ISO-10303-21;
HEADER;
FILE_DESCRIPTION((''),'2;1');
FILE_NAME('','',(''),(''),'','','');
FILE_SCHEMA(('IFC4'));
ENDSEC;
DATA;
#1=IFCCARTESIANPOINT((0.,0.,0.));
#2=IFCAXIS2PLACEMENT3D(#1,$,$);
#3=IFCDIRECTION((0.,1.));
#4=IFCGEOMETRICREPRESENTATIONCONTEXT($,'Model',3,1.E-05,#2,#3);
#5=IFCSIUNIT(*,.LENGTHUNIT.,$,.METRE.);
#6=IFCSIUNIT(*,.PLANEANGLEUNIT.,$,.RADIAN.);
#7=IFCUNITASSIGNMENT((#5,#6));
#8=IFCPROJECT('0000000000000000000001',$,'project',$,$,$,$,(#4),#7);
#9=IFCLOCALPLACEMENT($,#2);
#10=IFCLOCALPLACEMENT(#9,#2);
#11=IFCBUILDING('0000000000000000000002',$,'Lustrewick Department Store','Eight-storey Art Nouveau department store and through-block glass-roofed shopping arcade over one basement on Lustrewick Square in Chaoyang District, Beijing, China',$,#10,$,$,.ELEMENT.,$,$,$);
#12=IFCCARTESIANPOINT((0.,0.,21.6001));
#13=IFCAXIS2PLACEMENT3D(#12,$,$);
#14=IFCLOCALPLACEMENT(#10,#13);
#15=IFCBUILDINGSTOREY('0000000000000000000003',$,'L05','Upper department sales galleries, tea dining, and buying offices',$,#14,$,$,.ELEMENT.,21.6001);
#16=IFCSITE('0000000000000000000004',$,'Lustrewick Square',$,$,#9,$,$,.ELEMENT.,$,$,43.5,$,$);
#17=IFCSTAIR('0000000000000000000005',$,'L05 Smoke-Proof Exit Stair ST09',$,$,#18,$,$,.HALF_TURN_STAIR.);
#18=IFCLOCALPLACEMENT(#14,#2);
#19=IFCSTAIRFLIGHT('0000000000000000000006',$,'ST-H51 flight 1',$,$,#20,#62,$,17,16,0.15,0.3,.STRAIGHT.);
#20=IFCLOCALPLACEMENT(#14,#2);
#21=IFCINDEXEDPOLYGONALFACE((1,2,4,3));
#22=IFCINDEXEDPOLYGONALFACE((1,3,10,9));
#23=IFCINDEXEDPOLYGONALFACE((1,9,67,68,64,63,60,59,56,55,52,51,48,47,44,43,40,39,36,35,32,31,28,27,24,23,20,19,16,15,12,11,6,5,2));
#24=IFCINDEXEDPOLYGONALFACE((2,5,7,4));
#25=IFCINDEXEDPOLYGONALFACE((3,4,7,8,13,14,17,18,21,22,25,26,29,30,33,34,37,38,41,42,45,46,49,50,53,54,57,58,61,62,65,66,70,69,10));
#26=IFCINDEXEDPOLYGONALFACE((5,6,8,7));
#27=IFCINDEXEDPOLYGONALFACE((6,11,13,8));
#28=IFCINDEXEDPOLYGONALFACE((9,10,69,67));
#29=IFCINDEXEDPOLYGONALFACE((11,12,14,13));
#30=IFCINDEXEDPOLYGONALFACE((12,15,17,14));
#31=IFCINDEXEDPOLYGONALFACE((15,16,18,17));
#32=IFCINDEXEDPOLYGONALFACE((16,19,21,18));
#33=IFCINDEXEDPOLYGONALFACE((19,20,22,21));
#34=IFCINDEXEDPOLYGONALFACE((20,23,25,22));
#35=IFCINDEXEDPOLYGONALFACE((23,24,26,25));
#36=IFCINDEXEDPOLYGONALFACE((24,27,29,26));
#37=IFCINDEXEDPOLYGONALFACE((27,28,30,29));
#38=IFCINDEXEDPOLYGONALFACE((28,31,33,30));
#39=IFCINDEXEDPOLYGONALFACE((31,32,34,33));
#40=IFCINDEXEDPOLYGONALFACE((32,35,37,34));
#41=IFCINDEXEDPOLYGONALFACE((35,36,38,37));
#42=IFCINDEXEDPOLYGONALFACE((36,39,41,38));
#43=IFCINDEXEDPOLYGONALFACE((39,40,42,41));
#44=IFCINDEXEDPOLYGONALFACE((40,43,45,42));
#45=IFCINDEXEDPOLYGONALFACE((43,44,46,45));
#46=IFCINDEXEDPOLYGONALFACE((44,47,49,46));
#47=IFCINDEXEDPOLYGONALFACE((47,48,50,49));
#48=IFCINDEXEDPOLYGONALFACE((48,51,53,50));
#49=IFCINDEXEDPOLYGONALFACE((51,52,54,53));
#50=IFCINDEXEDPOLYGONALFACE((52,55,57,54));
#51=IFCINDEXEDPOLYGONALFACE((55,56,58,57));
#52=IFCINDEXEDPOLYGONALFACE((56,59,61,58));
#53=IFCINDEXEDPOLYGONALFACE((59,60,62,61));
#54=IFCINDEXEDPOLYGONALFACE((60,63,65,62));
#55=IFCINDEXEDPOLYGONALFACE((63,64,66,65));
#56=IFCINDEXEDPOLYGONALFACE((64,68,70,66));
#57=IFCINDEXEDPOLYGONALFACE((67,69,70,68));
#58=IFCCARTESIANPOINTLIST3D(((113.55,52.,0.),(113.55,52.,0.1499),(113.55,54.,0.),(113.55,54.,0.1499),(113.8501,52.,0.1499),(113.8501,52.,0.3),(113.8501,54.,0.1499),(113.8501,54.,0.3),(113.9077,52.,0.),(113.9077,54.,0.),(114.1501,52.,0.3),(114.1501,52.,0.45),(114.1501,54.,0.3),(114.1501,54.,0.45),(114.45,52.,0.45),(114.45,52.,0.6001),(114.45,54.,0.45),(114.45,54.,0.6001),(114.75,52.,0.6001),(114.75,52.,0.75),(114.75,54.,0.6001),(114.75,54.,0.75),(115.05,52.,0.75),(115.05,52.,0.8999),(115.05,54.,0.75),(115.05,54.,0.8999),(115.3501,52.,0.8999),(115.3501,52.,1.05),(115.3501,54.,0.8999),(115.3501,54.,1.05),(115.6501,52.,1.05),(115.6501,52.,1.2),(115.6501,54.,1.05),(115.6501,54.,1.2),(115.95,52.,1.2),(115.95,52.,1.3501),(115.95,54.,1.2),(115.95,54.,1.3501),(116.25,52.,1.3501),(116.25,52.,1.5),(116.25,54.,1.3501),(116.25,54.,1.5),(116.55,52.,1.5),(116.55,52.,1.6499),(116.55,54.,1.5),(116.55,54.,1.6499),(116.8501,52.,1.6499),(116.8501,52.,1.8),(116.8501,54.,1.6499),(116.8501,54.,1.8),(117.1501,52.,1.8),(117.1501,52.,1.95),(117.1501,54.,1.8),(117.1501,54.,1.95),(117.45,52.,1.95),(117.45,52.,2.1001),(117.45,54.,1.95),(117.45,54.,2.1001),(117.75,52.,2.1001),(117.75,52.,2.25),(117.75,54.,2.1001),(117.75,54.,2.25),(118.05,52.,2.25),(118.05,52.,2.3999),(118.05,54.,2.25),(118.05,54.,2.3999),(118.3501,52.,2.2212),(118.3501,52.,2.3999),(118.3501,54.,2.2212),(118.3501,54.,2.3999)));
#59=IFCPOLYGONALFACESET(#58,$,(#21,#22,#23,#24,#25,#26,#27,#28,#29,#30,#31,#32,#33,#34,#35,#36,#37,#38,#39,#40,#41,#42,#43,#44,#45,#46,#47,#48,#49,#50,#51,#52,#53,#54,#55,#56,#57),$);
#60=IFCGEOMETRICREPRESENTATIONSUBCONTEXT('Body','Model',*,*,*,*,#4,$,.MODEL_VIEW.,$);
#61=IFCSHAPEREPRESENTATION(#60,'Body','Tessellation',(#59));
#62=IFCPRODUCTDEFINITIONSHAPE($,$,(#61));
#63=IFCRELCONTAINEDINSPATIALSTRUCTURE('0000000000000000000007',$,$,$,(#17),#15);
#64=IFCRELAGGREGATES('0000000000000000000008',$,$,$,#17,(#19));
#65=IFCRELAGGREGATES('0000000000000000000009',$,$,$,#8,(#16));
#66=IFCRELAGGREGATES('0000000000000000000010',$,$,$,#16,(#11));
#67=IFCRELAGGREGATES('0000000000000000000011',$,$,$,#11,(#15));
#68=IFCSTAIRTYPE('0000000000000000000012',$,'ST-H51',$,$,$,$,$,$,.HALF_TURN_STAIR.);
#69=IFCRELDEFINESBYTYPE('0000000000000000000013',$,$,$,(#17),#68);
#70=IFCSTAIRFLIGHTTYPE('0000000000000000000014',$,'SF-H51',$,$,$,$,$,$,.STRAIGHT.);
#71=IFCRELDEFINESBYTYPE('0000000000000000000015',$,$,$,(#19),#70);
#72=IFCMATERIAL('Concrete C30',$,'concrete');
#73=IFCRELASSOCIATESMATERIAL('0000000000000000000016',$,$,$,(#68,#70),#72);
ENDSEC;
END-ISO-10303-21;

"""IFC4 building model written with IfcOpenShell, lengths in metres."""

from ifc_helpers import new_model, si_unit, direction, frame, origin, place, context, subcontext, project, spatial, polyline, outline, extrude, material, type_object, element, aggregate, save


model = new_model("IFC4")

# Units and contexts
model_context = context("Model", 3, precision=1e-05, world=origin(), true_north=direction((0.0, 1.0)))
body_context = subcontext(model_context, "Body", "Model", "MODEL_VIEW")
ifc_project = project(units=[si_unit("LENGTHUNIT", "METRE"), si_unit("PLANEANGLEUNIT", "RADIAN")], contexts=[model_context])

# Site, building, storey
site_placement = place(None, origin())
site = spatial("IfcSite", under=ifc_project, at=site_placement, Name="Lustrewick Square", CompositionType="ELEMENT", RefElevation=43.5)
building_placement = place(site_placement, origin())
building = spatial("IfcBuilding", under=site, at=building_placement, Name="Lustrewick Department Store", Description="Eight-storey Art Nouveau department store and through-block glass-roofed shopping arcade over one basement on Lustrewick Square in Chaoyang District, Beijing, China", CompositionType="ELEMENT")
storey_placement = place(building_placement, frame((0.0, 0.0, 21.6001)))
storey = spatial("IfcBuildingStorey", under=building, at=storey_placement, Name="L05", Description="Upper department sales galleries, tea dining, and buying offices", CompositionType="ELEMENT", Elevation=21.6001)

# Stair, stair flight
ifc_material_1 = material(Name="Concrete C30", Category="concrete")
stair_type = type_object("IfcStairType", Name="ST-H51", PredefinedType="HALF_TURN_STAIR", material=ifc_material_1)
stair_placement = place(storey_placement, origin())
stair = element("IfcStair", 1, at=stair_placement, inside=storey, type_object=stair_type, Name="L05 Smoke-Proof Exit Stair ST09", PredefinedType="HALF_TURN_STAIR")
stair_flight_type = type_object("IfcStairFlightType", Name="SF-H51", PredefinedType="STRAIGHT", material=ifc_material_1)
stair_flight_placement = place(storey_placement, frame((113.55, 53.0, 0.0), z_axis=(0.0, 0.0, 1.0), x_axis=(1.0, 0.0, 0.0)))
stair_flight = element("IfcStairFlight", 2, at=stair_flight_placement, type_object=stair_flight_type, Name="ST-H51 flight 1", NumberOfRisers=17, NumberOfTreads=16, PredefinedType="STRAIGHT", RiserHeight=0.15, TreadLength=0.3, context=body_context, shape_type="SweptSolid", body=[
    extrude(outline(polyline([(0.0, 0.0), (0.0, 0.1499), (0.3, 0.1499), (0.3, 0.3), (0.6001, 0.3), (0.6001, 0.45), (0.8999, 0.45), (0.8999, 0.6001), (1.2, 0.6001), (1.2, 0.75), (1.5, 0.75), (1.5, 0.8999), (1.8, 0.8999), (1.8, 1.05), (2.1001, 1.05), (2.1001, 1.2), (2.3999, 1.2), (2.3999, 1.3501), (2.7, 1.3501), (2.7, 1.5), (3.0, 1.5), (3.0, 1.6499), (3.3, 1.6499), (3.3, 1.8), (3.6001, 1.8), (3.6001, 1.95), (3.8999, 1.95), (3.8999, 2.1001), (4.2, 2.1001), (4.2, 2.25), (4.5, 2.25), (4.5, 2.3999), (4.8, 2.3999), (4.8, 2.55), (4.8, 2.2212), (0.3577, 0.0), (0.0, 0.0)])), frame((0.0, 1.0, 0.0), z_axis=(0.0, -1.0, 0.0), x_axis=(1.0, 0.0, 0.0)), (0.0, 0.0, 1.0), 2.0),
])
aggregate(stair, [stair_flight])

save(model, "model.ifc")
